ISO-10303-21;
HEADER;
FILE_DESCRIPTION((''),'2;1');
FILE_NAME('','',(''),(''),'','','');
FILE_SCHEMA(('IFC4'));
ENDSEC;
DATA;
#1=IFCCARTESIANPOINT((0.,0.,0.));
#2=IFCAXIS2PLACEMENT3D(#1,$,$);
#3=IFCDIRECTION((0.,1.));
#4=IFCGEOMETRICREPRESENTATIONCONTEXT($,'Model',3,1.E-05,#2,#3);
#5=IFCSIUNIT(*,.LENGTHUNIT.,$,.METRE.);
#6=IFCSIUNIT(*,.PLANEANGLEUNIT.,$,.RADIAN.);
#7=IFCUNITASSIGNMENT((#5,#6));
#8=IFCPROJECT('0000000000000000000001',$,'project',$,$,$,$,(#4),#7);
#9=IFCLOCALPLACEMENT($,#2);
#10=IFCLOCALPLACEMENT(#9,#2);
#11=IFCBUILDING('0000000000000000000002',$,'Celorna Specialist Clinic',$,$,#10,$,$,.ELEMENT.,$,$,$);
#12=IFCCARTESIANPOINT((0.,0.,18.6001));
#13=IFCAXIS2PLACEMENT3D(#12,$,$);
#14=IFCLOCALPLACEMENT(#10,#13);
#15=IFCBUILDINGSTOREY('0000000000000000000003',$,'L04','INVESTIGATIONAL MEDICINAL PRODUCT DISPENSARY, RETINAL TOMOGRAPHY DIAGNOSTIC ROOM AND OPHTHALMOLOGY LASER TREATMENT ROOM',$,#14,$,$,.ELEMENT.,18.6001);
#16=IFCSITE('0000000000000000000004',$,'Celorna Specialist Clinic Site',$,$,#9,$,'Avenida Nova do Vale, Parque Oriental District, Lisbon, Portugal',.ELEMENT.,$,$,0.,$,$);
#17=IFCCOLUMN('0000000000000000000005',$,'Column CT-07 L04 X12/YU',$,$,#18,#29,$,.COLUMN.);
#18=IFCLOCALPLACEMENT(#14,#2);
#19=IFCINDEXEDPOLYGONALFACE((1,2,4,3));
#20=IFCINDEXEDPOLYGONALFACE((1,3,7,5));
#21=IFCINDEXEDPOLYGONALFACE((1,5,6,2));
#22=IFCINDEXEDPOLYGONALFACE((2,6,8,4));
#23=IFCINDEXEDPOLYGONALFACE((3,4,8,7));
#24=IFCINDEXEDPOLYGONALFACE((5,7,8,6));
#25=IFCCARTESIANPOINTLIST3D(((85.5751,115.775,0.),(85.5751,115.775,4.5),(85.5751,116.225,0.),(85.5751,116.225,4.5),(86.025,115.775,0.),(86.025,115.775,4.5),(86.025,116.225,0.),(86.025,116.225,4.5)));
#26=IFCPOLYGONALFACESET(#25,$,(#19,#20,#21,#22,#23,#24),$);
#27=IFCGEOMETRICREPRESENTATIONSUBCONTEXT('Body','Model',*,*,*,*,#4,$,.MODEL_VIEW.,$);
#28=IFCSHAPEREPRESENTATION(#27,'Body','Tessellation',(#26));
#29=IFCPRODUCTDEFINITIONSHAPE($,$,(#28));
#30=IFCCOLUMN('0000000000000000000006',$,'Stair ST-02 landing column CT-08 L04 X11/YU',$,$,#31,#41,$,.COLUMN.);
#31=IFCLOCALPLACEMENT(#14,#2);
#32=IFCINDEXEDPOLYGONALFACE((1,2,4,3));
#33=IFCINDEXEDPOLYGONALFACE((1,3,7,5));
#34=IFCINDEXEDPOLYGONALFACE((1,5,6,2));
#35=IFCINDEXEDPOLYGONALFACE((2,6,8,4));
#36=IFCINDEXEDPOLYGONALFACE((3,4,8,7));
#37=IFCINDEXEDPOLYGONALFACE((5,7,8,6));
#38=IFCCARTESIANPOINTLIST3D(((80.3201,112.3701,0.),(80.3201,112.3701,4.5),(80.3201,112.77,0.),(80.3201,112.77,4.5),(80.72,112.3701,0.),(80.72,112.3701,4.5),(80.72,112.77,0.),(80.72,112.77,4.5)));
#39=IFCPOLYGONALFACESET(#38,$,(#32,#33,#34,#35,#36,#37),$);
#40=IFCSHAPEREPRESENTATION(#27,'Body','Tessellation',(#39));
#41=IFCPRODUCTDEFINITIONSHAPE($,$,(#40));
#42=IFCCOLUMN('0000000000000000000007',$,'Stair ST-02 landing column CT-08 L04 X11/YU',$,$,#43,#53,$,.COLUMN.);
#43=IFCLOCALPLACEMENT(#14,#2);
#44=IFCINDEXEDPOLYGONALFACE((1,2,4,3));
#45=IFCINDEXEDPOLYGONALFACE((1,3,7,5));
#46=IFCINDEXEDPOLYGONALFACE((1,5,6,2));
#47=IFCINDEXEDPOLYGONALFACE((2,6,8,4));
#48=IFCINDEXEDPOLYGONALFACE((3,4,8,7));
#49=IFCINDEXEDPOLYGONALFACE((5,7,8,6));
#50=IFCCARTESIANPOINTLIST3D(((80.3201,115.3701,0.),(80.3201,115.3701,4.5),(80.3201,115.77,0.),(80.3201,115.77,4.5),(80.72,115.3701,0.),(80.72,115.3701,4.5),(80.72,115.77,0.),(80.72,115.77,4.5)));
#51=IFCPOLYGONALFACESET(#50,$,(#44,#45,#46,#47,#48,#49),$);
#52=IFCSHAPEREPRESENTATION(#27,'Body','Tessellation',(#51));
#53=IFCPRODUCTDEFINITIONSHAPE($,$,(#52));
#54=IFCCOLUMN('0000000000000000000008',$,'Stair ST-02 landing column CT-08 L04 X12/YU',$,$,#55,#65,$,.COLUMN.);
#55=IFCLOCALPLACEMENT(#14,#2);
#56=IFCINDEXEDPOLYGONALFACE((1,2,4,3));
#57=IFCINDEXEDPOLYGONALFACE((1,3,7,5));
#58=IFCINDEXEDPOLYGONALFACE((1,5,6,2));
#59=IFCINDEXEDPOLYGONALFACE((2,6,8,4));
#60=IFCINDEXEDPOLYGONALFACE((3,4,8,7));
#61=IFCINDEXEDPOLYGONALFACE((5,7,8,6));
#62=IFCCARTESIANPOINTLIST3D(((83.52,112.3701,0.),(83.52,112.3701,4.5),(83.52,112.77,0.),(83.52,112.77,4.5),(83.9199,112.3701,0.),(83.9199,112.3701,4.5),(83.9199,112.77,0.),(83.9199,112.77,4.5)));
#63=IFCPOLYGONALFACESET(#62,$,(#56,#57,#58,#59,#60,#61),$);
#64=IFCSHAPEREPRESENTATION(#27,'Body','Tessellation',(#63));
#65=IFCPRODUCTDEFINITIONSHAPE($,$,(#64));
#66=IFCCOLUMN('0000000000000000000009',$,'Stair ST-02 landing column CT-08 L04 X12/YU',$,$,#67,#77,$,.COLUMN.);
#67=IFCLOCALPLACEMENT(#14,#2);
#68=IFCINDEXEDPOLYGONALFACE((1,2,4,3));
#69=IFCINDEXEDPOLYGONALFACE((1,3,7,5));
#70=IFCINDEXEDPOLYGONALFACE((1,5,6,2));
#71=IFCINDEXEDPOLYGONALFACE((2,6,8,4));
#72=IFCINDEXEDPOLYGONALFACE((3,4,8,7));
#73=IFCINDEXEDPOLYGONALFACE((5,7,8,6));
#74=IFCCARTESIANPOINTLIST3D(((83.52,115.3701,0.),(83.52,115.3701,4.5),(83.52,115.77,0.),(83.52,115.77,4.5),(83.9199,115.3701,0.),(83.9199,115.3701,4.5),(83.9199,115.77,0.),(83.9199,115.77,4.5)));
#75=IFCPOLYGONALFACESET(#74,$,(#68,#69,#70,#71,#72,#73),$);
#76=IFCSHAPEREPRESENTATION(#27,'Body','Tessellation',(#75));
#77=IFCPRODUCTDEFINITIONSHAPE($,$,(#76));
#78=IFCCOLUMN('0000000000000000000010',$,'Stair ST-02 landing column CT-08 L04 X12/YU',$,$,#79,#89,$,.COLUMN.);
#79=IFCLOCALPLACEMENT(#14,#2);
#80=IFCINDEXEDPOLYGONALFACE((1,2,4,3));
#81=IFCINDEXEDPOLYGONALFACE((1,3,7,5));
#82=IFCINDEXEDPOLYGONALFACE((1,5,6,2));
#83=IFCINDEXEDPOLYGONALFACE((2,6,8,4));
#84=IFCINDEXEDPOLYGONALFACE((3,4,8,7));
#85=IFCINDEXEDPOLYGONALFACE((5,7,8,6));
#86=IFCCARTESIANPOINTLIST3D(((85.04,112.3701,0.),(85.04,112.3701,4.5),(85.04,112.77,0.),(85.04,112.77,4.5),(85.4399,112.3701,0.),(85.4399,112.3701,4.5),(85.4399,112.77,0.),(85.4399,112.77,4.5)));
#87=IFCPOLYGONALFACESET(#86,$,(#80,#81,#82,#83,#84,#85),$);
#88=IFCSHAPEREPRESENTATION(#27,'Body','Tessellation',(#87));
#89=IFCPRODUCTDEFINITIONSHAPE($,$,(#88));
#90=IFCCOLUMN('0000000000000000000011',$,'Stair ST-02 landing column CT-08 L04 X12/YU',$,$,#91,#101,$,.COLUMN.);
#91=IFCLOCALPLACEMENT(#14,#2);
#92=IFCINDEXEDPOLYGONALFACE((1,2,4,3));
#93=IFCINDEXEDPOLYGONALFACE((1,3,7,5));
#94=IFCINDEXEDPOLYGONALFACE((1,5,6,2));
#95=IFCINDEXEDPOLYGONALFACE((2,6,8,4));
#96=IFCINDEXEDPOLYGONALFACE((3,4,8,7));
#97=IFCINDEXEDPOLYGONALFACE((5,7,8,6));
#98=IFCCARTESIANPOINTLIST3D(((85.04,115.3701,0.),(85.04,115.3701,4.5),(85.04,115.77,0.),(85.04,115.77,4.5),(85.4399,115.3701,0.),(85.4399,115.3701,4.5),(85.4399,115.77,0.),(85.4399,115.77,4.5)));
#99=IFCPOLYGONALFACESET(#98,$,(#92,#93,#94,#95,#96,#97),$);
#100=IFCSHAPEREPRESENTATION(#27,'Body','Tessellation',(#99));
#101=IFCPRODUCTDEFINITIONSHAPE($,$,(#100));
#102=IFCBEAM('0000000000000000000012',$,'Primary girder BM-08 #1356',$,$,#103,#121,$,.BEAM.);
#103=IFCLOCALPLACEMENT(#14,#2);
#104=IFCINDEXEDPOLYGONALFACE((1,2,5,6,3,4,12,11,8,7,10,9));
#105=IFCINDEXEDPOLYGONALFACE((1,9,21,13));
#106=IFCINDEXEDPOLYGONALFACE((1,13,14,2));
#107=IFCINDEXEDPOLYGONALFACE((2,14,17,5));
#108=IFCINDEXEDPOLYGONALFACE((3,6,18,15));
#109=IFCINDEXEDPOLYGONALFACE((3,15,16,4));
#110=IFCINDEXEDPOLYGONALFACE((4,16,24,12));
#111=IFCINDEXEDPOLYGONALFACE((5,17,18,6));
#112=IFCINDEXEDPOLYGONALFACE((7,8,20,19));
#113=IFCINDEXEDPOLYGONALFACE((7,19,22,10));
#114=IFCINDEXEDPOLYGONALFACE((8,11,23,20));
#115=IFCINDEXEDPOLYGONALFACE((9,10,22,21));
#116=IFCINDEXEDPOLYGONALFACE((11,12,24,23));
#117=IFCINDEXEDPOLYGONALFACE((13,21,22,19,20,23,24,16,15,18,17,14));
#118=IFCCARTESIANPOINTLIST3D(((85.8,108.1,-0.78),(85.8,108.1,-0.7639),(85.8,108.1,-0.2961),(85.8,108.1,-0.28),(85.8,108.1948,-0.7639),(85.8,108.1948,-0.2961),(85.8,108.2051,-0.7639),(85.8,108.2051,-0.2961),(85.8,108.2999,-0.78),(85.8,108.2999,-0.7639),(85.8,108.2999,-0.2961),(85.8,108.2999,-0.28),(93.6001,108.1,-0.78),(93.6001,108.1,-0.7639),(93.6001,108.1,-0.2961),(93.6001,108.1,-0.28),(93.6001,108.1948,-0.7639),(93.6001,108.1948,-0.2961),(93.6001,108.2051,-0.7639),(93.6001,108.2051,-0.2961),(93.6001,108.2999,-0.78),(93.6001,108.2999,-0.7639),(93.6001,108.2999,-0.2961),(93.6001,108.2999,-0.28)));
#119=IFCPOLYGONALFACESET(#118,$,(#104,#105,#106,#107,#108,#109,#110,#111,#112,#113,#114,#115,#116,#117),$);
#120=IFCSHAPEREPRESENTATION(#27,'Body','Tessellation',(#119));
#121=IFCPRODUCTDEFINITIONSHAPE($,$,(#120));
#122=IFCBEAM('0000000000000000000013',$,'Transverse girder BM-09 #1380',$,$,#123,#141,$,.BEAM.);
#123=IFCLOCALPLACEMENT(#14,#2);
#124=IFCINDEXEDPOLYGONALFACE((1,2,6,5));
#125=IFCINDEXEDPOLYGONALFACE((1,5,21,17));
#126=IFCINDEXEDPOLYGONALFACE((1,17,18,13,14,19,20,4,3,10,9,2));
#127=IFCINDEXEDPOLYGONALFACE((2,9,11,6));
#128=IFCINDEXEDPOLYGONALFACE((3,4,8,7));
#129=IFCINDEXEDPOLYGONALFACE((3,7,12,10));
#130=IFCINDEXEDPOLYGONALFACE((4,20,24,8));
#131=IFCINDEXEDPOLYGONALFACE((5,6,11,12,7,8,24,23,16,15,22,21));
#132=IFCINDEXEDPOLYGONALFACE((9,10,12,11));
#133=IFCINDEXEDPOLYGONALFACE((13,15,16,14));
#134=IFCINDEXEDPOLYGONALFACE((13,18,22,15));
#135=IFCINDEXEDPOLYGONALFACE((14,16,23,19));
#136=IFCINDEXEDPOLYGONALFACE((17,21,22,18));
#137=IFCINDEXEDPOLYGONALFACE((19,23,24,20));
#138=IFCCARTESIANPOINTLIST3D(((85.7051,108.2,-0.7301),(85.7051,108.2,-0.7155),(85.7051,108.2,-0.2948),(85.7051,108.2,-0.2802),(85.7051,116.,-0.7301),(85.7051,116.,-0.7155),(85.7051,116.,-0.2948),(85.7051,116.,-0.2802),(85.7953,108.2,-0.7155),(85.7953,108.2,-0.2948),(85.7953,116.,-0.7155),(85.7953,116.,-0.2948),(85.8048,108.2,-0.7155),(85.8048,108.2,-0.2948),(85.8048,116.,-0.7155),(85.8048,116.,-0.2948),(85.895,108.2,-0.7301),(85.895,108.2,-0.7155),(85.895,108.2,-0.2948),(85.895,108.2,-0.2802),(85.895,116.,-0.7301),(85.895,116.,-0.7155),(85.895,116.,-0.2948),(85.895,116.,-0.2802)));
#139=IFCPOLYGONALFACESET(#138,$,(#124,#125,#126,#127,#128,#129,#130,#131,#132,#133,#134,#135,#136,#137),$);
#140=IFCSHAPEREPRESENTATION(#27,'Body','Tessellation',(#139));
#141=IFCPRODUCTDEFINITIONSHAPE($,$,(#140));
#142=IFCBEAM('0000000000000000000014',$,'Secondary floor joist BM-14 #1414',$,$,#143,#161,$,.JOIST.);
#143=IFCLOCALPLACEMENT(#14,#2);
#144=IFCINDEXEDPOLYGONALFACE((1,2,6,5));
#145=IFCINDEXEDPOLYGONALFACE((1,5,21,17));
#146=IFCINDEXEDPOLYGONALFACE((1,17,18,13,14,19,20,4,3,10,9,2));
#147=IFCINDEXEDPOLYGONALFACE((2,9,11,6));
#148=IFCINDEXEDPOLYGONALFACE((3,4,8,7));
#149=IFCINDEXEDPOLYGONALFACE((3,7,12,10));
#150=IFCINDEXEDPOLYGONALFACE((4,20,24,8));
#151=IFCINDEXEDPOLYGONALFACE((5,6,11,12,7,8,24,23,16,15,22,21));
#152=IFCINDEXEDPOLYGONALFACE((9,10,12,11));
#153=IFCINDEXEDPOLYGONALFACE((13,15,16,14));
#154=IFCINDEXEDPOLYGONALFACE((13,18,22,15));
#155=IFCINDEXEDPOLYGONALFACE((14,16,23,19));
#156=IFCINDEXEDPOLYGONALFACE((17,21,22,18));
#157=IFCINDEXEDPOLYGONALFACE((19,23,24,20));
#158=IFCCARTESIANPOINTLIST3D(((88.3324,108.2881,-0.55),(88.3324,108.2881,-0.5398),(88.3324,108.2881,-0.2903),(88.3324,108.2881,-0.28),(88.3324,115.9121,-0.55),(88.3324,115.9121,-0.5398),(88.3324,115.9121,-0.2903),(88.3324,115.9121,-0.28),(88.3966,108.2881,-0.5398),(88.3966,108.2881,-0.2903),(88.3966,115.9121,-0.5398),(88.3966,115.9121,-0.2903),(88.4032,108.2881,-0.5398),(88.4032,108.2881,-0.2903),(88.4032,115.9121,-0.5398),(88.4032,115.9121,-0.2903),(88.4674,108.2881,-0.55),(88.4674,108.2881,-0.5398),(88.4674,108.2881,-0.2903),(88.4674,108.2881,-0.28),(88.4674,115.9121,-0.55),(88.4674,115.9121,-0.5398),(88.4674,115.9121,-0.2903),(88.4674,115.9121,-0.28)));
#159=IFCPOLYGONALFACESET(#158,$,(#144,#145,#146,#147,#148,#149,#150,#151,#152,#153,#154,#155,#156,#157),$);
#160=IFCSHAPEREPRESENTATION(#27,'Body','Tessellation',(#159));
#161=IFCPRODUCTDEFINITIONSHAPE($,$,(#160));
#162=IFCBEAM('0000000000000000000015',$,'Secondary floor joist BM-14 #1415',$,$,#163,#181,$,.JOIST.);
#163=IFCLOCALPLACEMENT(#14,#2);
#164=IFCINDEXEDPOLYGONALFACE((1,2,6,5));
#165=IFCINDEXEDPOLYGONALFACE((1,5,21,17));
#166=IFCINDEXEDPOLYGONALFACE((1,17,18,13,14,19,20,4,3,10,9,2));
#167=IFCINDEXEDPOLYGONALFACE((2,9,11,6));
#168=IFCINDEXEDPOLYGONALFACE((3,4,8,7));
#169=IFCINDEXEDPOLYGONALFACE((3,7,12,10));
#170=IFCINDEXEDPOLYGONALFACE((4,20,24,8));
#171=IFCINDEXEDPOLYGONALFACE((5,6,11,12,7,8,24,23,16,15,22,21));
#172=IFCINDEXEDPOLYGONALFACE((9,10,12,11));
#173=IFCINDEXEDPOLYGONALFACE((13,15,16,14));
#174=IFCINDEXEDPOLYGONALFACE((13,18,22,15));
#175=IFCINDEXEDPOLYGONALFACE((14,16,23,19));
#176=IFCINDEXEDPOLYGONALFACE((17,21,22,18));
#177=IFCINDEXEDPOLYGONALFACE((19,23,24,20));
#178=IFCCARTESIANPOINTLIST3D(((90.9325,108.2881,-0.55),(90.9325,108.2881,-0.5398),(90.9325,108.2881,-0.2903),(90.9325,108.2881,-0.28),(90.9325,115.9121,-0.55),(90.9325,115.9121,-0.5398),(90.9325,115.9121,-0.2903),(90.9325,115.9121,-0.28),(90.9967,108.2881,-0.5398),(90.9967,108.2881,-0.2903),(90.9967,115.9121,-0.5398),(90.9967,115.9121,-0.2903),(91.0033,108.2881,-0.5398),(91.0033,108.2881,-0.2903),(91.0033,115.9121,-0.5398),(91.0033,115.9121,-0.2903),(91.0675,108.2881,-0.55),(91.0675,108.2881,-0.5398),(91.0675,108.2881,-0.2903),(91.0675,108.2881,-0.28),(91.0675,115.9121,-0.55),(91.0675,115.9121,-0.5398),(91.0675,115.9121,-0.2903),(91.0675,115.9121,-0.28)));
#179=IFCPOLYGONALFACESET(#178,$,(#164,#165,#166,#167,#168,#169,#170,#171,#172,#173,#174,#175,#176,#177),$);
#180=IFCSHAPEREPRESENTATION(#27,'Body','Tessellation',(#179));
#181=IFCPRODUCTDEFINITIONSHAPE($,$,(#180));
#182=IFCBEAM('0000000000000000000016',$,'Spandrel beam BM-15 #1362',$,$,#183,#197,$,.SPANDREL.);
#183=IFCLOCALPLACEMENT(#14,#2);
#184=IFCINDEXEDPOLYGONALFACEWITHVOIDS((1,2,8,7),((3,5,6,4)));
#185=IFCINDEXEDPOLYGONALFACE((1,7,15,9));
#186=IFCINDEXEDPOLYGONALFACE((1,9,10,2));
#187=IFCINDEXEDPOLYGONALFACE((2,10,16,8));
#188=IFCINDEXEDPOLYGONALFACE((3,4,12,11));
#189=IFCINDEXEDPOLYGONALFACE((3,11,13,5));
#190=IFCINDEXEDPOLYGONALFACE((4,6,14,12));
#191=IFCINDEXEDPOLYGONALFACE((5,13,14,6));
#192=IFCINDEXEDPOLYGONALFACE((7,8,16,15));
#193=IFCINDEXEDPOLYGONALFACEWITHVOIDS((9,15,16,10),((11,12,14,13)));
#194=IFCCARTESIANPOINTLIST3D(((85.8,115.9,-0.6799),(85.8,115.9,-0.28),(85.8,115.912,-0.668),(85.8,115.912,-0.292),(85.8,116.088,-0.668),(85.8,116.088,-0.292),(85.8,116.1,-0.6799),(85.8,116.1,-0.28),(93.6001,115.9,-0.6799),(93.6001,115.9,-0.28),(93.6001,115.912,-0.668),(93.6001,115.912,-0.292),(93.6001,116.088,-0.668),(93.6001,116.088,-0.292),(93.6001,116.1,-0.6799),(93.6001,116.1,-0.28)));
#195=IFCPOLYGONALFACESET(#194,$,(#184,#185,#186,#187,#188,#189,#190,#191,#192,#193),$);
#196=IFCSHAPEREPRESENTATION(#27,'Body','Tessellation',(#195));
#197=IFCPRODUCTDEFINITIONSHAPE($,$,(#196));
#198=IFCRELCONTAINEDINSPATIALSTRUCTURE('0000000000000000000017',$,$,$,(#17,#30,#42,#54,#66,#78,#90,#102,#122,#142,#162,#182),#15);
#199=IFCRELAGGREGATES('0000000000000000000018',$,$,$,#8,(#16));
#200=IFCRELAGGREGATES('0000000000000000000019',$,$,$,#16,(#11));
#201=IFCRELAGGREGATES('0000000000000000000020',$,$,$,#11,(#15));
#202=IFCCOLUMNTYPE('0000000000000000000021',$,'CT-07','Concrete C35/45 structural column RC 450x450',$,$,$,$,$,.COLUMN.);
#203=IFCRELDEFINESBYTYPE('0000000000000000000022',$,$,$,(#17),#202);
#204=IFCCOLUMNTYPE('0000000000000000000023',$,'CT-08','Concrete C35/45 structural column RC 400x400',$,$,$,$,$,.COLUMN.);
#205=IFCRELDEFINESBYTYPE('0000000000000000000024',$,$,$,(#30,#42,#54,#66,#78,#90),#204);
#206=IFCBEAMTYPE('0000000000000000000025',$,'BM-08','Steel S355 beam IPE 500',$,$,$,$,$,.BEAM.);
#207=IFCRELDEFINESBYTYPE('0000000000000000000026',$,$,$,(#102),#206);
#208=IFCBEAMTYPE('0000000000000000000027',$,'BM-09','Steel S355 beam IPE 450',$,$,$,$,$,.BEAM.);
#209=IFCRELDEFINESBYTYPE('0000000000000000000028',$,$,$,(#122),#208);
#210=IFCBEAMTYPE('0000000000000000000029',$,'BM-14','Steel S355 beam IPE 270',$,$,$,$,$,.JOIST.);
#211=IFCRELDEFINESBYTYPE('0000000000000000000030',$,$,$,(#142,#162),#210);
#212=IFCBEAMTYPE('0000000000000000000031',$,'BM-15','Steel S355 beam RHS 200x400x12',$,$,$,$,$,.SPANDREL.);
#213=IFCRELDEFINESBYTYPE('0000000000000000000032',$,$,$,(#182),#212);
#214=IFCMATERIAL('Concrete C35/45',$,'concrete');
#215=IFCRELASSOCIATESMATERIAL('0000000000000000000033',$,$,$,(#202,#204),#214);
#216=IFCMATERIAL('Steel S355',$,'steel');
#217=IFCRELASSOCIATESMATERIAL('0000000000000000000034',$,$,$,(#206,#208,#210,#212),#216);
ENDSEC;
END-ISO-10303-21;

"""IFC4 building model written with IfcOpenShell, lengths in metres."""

from ifc_helpers import new_model, si_unit, direction, frame, origin, origin_2d, place, context, subcontext, project, spatial, rectangle, hollow_rectangle, i_section, extrude, material, material_profile, profile_set, type_object, element, save


model = new_model("IFC4")

# Units and contexts
model_context = context("Model", 3, precision=1e-05, world=origin(), true_north=direction((0.0, 1.0)))
body_context = subcontext(model_context, "Body", "Model", "MODEL_VIEW")
ifc_project = project(units=[si_unit("LENGTHUNIT", "METRE"), si_unit("PLANEANGLEUNIT", "RADIAN")], contexts=[model_context])

# Site, building, storey
site_placement = place(None, origin())
site = spatial("IfcSite", under=ifc_project, at=site_placement, Name="Celorna Specialist Clinic Site", LongName="Avenida Nova do Vale, Parque Oriental District, Lisbon, Portugal", CompositionType="ELEMENT", RefElevation=0.0)
building_placement = place(site_placement, origin())
building = spatial("IfcBuilding", under=site, at=building_placement, Name="Celorna Specialist Clinic", CompositionType="ELEMENT")
storey_placement = place(building_placement, frame((0.0, 0.0, 18.6001)))
storey = spatial("IfcBuildingStorey", under=building, at=storey_placement, Name="L04", Description="INVESTIGATIONAL MEDICINAL PRODUCT DISPENSARY, RETINAL TOMOGRAPHY DIAGNOSTIC ROOM AND OPHTHALMOLOGY LASER TREATMENT ROOM", CompositionType="ELEMENT", Elevation=18.6001)

# Columns
ifc_material_1 = material(Name="Concrete C35/45", Category="concrete")
ifc_material_profile_1 = material_profile(ifc_material_1, rectangle(XDim=0.45, YDim=0.45, at=origin_2d()), Name="RC 450x450")
ifc_profile_set_1 = profile_set([ifc_material_profile_1], Name="Concrete C35/45")
column_type_1 = type_object("IfcColumnType", Name="CT-07", Description="Concrete C35/45 structural column RC 450x450", PredefinedType="COLUMN", material=ifc_profile_set_1)
column_placement = place(storey_placement, frame((85.8, 116.0, 0.0), z_axis=(0.0, 0.0, 1.0), x_axis=(1.0, 0.0, 0.0)))
element("IfcColumn", 1, at=column_placement, inside=storey, type_object=column_type_1, Name="Column CT-07 L04 X12/YU", PredefinedType="COLUMN", context=body_context, shape_type="SweptSolid", body=[
    extrude(rectangle(XDim=0.45, YDim=0.45, at=origin_2d()), origin(), (0.0, 0.0, 1.0), 4.5),
])
ifc_material_profile_2 = material_profile(ifc_material_1, rectangle(XDim=0.3999, YDim=0.3999, at=origin_2d()), Name="RC 400x400")
ifc_profile_set_2 = profile_set([ifc_material_profile_2], Name="Concrete C35/45")
column_type_2 = type_object("IfcColumnType", Name="CT-08", Description="Concrete C35/45 structural column RC 400x400", PredefinedType="COLUMN", material=ifc_profile_set_2)
for number, where, z_axis, x_axis, name in (
    (2, (80.52, 112.5701, 0.0), (0.0, 0.0, 1.0), (1.0, 0.0, 0.0), "Stair ST-02 landing column CT-08 L04 X11/YU"),
    (3, (80.52, 115.5701, 0.0), (0.0, 0.0, 1.0), (1.0, 0.0, 0.0), "Stair ST-02 landing column CT-08 L04 X11/YU"),
    (4, (83.72, 112.5701, 0.0), (0.0, 0.0, 1.0), (1.0, 0.0, 0.0), "Stair ST-02 landing column CT-08 L04 X12/YU"),
    (5, (83.72, 115.5701, 0.0), (0.0, 0.0, 1.0), (1.0, 0.0, 0.0), "Stair ST-02 landing column CT-08 L04 X12/YU"),
    (6, (85.24, 112.5701, 0.0), (0.0, 0.0, 1.0), (1.0, 0.0, 0.0), "Stair ST-02 landing column CT-08 L04 X12/YU"),
    (7, (85.24, 115.5701, 0.0), (0.0, 0.0, 1.0), (1.0, 0.0, 0.0), "Stair ST-02 landing column CT-08 L04 X12/YU"),
):
    element("IfcColumn", number, at=place(storey_placement, frame(where, z_axis=z_axis, x_axis=x_axis)), inside=storey, type_object=column_type_2, Name=name, PredefinedType="COLUMN", context=body_context, shape_type="SweptSolid", body=[
        extrude(rectangle(XDim=0.3999, YDim=0.3999, at=origin_2d()), origin(), (0.0, 0.0, 1.0), 4.5),
    ])

# Beams
ifc_material_2 = material(Name="Steel S355", Category="steel")
ifc_material_profile_3 = material_profile(ifc_material_2, i_section(OverallWidth=0.2, OverallDepth=0.5, WebThickness=0.0103, FlangeThickness=0.0161, at=origin_2d()), Name="IPE 500")
ifc_profile_set_3 = profile_set([ifc_material_profile_3], Name="Steel S355")
beam_type_1 = type_object("IfcBeamType", Name="BM-08", Description="Steel S355 beam IPE 500", PredefinedType="BEAM", material=ifc_profile_set_3)
beam_1_placement = place(storey_placement, frame((85.8, 108.2, -0.53), z_axis=(1.0, 0.0, 0.0), x_axis=(0.0, 1.0, 0.0)))
element("IfcBeam", 8, at=beam_1_placement, inside=storey, type_object=beam_type_1, Name="Primary girder BM-08 #1356", PredefinedType="BEAM", context=body_context, shape_type="SweptSolid", body=[
    extrude(i_section(OverallWidth=0.2, OverallDepth=0.5, WebThickness=0.0103, FlangeThickness=0.0161, at=origin_2d()), origin(), (0.0, 0.0, 1.0), 7.8),
])
ifc_material_profile_4 = material_profile(ifc_material_2, i_section(OverallWidth=0.1899, OverallDepth=0.45, WebThickness=0.0095, FlangeThickness=0.0146, at=origin_2d()), Name="IPE 450")
ifc_profile_set_4 = profile_set([ifc_material_profile_4], Name="Steel S355")
beam_type_2 = type_object("IfcBeamType", Name="BM-09", Description="Steel S355 beam IPE 450", PredefinedType="BEAM", material=ifc_profile_set_4)
beam_2_placement = place(storey_placement, frame((85.8, 108.2, -0.5051), z_axis=(0.0, 1.0, 0.0), x_axis=(-1.0, 0.0, 0.0)))
element("IfcBeam", 9, at=beam_2_placement, inside=storey, type_object=beam_type_2, Name="Transverse girder BM-09 #1380", PredefinedType="BEAM", context=body_context, shape_type="SweptSolid", body=[
    extrude(i_section(OverallWidth=0.1899, OverallDepth=0.45, WebThickness=0.0095, FlangeThickness=0.0146, at=origin_2d()), origin(), (0.0, 0.0, 1.0), 7.8),
])
ifc_material_profile_5 = material_profile(ifc_material_2, i_section(OverallWidth=0.135, OverallDepth=0.27, WebThickness=0.0066, FlangeThickness=0.0103, at=origin_2d()), Name="IPE 270")
ifc_profile_set_5 = profile_set([ifc_material_profile_5], Name="Steel S355")
beam_type_3 = type_object("IfcBeamType", Name="BM-14", Description="Steel S355 beam IPE 270", PredefinedType="JOIST", material=ifc_profile_set_5)
for number, where, z_axis, x_axis, name in (
    (10, (88.3999, 108.2881, -0.415), (0.0, 1.0, 0.0), (-1.0, 0.0, 0.0), "Secondary floor joist BM-14 #1414"),
    (11, (91.0, 108.2881, -0.415), (0.0, 1.0, 0.0), (-1.0, 0.0, 0.0), "Secondary floor joist BM-14 #1415"),
):
    element("IfcBeam", number, at=place(storey_placement, frame(where, z_axis=z_axis, x_axis=x_axis)), inside=storey, type_object=beam_type_3, Name=name, PredefinedType="JOIST", context=body_context, shape_type="SweptSolid", body=[
        extrude(i_section(OverallWidth=0.135, OverallDepth=0.27, WebThickness=0.0066, FlangeThickness=0.0103, at=origin_2d()), origin(), (0.0, 0.0, 1.0), 7.624),
    ])
ifc_material_profile_6 = material_profile(ifc_material_2, hollow_rectangle(XDim=0.2, YDim=0.3999, WallThickness=0.012, at=origin_2d()), Name="RHS 200x400x12")
ifc_profile_set_6 = profile_set([ifc_material_profile_6], Name="Steel S355")
beam_type_4 = type_object("IfcBeamType", Name="BM-15", Description="Steel S355 beam RHS 200x400x12", PredefinedType="SPANDREL", material=ifc_profile_set_6)
beam_3_placement = place(storey_placement, frame((85.8, 116.0, -0.48), z_axis=(1.0, 0.0, 0.0), x_axis=(0.0, 1.0, 0.0)))
element("IfcBeam", 12, at=beam_3_placement, inside=storey, type_object=beam_type_4, Name="Spandrel beam BM-15 #1362", PredefinedType="SPANDREL", context=body_context, shape_type="SweptSolid", body=[
    extrude(hollow_rectangle(XDim=0.2, YDim=0.3999, WallThickness=0.012, at=origin_2d()), origin(), (0.0, 0.0, 1.0), 7.8),
])

save(model, "model.ifc")
